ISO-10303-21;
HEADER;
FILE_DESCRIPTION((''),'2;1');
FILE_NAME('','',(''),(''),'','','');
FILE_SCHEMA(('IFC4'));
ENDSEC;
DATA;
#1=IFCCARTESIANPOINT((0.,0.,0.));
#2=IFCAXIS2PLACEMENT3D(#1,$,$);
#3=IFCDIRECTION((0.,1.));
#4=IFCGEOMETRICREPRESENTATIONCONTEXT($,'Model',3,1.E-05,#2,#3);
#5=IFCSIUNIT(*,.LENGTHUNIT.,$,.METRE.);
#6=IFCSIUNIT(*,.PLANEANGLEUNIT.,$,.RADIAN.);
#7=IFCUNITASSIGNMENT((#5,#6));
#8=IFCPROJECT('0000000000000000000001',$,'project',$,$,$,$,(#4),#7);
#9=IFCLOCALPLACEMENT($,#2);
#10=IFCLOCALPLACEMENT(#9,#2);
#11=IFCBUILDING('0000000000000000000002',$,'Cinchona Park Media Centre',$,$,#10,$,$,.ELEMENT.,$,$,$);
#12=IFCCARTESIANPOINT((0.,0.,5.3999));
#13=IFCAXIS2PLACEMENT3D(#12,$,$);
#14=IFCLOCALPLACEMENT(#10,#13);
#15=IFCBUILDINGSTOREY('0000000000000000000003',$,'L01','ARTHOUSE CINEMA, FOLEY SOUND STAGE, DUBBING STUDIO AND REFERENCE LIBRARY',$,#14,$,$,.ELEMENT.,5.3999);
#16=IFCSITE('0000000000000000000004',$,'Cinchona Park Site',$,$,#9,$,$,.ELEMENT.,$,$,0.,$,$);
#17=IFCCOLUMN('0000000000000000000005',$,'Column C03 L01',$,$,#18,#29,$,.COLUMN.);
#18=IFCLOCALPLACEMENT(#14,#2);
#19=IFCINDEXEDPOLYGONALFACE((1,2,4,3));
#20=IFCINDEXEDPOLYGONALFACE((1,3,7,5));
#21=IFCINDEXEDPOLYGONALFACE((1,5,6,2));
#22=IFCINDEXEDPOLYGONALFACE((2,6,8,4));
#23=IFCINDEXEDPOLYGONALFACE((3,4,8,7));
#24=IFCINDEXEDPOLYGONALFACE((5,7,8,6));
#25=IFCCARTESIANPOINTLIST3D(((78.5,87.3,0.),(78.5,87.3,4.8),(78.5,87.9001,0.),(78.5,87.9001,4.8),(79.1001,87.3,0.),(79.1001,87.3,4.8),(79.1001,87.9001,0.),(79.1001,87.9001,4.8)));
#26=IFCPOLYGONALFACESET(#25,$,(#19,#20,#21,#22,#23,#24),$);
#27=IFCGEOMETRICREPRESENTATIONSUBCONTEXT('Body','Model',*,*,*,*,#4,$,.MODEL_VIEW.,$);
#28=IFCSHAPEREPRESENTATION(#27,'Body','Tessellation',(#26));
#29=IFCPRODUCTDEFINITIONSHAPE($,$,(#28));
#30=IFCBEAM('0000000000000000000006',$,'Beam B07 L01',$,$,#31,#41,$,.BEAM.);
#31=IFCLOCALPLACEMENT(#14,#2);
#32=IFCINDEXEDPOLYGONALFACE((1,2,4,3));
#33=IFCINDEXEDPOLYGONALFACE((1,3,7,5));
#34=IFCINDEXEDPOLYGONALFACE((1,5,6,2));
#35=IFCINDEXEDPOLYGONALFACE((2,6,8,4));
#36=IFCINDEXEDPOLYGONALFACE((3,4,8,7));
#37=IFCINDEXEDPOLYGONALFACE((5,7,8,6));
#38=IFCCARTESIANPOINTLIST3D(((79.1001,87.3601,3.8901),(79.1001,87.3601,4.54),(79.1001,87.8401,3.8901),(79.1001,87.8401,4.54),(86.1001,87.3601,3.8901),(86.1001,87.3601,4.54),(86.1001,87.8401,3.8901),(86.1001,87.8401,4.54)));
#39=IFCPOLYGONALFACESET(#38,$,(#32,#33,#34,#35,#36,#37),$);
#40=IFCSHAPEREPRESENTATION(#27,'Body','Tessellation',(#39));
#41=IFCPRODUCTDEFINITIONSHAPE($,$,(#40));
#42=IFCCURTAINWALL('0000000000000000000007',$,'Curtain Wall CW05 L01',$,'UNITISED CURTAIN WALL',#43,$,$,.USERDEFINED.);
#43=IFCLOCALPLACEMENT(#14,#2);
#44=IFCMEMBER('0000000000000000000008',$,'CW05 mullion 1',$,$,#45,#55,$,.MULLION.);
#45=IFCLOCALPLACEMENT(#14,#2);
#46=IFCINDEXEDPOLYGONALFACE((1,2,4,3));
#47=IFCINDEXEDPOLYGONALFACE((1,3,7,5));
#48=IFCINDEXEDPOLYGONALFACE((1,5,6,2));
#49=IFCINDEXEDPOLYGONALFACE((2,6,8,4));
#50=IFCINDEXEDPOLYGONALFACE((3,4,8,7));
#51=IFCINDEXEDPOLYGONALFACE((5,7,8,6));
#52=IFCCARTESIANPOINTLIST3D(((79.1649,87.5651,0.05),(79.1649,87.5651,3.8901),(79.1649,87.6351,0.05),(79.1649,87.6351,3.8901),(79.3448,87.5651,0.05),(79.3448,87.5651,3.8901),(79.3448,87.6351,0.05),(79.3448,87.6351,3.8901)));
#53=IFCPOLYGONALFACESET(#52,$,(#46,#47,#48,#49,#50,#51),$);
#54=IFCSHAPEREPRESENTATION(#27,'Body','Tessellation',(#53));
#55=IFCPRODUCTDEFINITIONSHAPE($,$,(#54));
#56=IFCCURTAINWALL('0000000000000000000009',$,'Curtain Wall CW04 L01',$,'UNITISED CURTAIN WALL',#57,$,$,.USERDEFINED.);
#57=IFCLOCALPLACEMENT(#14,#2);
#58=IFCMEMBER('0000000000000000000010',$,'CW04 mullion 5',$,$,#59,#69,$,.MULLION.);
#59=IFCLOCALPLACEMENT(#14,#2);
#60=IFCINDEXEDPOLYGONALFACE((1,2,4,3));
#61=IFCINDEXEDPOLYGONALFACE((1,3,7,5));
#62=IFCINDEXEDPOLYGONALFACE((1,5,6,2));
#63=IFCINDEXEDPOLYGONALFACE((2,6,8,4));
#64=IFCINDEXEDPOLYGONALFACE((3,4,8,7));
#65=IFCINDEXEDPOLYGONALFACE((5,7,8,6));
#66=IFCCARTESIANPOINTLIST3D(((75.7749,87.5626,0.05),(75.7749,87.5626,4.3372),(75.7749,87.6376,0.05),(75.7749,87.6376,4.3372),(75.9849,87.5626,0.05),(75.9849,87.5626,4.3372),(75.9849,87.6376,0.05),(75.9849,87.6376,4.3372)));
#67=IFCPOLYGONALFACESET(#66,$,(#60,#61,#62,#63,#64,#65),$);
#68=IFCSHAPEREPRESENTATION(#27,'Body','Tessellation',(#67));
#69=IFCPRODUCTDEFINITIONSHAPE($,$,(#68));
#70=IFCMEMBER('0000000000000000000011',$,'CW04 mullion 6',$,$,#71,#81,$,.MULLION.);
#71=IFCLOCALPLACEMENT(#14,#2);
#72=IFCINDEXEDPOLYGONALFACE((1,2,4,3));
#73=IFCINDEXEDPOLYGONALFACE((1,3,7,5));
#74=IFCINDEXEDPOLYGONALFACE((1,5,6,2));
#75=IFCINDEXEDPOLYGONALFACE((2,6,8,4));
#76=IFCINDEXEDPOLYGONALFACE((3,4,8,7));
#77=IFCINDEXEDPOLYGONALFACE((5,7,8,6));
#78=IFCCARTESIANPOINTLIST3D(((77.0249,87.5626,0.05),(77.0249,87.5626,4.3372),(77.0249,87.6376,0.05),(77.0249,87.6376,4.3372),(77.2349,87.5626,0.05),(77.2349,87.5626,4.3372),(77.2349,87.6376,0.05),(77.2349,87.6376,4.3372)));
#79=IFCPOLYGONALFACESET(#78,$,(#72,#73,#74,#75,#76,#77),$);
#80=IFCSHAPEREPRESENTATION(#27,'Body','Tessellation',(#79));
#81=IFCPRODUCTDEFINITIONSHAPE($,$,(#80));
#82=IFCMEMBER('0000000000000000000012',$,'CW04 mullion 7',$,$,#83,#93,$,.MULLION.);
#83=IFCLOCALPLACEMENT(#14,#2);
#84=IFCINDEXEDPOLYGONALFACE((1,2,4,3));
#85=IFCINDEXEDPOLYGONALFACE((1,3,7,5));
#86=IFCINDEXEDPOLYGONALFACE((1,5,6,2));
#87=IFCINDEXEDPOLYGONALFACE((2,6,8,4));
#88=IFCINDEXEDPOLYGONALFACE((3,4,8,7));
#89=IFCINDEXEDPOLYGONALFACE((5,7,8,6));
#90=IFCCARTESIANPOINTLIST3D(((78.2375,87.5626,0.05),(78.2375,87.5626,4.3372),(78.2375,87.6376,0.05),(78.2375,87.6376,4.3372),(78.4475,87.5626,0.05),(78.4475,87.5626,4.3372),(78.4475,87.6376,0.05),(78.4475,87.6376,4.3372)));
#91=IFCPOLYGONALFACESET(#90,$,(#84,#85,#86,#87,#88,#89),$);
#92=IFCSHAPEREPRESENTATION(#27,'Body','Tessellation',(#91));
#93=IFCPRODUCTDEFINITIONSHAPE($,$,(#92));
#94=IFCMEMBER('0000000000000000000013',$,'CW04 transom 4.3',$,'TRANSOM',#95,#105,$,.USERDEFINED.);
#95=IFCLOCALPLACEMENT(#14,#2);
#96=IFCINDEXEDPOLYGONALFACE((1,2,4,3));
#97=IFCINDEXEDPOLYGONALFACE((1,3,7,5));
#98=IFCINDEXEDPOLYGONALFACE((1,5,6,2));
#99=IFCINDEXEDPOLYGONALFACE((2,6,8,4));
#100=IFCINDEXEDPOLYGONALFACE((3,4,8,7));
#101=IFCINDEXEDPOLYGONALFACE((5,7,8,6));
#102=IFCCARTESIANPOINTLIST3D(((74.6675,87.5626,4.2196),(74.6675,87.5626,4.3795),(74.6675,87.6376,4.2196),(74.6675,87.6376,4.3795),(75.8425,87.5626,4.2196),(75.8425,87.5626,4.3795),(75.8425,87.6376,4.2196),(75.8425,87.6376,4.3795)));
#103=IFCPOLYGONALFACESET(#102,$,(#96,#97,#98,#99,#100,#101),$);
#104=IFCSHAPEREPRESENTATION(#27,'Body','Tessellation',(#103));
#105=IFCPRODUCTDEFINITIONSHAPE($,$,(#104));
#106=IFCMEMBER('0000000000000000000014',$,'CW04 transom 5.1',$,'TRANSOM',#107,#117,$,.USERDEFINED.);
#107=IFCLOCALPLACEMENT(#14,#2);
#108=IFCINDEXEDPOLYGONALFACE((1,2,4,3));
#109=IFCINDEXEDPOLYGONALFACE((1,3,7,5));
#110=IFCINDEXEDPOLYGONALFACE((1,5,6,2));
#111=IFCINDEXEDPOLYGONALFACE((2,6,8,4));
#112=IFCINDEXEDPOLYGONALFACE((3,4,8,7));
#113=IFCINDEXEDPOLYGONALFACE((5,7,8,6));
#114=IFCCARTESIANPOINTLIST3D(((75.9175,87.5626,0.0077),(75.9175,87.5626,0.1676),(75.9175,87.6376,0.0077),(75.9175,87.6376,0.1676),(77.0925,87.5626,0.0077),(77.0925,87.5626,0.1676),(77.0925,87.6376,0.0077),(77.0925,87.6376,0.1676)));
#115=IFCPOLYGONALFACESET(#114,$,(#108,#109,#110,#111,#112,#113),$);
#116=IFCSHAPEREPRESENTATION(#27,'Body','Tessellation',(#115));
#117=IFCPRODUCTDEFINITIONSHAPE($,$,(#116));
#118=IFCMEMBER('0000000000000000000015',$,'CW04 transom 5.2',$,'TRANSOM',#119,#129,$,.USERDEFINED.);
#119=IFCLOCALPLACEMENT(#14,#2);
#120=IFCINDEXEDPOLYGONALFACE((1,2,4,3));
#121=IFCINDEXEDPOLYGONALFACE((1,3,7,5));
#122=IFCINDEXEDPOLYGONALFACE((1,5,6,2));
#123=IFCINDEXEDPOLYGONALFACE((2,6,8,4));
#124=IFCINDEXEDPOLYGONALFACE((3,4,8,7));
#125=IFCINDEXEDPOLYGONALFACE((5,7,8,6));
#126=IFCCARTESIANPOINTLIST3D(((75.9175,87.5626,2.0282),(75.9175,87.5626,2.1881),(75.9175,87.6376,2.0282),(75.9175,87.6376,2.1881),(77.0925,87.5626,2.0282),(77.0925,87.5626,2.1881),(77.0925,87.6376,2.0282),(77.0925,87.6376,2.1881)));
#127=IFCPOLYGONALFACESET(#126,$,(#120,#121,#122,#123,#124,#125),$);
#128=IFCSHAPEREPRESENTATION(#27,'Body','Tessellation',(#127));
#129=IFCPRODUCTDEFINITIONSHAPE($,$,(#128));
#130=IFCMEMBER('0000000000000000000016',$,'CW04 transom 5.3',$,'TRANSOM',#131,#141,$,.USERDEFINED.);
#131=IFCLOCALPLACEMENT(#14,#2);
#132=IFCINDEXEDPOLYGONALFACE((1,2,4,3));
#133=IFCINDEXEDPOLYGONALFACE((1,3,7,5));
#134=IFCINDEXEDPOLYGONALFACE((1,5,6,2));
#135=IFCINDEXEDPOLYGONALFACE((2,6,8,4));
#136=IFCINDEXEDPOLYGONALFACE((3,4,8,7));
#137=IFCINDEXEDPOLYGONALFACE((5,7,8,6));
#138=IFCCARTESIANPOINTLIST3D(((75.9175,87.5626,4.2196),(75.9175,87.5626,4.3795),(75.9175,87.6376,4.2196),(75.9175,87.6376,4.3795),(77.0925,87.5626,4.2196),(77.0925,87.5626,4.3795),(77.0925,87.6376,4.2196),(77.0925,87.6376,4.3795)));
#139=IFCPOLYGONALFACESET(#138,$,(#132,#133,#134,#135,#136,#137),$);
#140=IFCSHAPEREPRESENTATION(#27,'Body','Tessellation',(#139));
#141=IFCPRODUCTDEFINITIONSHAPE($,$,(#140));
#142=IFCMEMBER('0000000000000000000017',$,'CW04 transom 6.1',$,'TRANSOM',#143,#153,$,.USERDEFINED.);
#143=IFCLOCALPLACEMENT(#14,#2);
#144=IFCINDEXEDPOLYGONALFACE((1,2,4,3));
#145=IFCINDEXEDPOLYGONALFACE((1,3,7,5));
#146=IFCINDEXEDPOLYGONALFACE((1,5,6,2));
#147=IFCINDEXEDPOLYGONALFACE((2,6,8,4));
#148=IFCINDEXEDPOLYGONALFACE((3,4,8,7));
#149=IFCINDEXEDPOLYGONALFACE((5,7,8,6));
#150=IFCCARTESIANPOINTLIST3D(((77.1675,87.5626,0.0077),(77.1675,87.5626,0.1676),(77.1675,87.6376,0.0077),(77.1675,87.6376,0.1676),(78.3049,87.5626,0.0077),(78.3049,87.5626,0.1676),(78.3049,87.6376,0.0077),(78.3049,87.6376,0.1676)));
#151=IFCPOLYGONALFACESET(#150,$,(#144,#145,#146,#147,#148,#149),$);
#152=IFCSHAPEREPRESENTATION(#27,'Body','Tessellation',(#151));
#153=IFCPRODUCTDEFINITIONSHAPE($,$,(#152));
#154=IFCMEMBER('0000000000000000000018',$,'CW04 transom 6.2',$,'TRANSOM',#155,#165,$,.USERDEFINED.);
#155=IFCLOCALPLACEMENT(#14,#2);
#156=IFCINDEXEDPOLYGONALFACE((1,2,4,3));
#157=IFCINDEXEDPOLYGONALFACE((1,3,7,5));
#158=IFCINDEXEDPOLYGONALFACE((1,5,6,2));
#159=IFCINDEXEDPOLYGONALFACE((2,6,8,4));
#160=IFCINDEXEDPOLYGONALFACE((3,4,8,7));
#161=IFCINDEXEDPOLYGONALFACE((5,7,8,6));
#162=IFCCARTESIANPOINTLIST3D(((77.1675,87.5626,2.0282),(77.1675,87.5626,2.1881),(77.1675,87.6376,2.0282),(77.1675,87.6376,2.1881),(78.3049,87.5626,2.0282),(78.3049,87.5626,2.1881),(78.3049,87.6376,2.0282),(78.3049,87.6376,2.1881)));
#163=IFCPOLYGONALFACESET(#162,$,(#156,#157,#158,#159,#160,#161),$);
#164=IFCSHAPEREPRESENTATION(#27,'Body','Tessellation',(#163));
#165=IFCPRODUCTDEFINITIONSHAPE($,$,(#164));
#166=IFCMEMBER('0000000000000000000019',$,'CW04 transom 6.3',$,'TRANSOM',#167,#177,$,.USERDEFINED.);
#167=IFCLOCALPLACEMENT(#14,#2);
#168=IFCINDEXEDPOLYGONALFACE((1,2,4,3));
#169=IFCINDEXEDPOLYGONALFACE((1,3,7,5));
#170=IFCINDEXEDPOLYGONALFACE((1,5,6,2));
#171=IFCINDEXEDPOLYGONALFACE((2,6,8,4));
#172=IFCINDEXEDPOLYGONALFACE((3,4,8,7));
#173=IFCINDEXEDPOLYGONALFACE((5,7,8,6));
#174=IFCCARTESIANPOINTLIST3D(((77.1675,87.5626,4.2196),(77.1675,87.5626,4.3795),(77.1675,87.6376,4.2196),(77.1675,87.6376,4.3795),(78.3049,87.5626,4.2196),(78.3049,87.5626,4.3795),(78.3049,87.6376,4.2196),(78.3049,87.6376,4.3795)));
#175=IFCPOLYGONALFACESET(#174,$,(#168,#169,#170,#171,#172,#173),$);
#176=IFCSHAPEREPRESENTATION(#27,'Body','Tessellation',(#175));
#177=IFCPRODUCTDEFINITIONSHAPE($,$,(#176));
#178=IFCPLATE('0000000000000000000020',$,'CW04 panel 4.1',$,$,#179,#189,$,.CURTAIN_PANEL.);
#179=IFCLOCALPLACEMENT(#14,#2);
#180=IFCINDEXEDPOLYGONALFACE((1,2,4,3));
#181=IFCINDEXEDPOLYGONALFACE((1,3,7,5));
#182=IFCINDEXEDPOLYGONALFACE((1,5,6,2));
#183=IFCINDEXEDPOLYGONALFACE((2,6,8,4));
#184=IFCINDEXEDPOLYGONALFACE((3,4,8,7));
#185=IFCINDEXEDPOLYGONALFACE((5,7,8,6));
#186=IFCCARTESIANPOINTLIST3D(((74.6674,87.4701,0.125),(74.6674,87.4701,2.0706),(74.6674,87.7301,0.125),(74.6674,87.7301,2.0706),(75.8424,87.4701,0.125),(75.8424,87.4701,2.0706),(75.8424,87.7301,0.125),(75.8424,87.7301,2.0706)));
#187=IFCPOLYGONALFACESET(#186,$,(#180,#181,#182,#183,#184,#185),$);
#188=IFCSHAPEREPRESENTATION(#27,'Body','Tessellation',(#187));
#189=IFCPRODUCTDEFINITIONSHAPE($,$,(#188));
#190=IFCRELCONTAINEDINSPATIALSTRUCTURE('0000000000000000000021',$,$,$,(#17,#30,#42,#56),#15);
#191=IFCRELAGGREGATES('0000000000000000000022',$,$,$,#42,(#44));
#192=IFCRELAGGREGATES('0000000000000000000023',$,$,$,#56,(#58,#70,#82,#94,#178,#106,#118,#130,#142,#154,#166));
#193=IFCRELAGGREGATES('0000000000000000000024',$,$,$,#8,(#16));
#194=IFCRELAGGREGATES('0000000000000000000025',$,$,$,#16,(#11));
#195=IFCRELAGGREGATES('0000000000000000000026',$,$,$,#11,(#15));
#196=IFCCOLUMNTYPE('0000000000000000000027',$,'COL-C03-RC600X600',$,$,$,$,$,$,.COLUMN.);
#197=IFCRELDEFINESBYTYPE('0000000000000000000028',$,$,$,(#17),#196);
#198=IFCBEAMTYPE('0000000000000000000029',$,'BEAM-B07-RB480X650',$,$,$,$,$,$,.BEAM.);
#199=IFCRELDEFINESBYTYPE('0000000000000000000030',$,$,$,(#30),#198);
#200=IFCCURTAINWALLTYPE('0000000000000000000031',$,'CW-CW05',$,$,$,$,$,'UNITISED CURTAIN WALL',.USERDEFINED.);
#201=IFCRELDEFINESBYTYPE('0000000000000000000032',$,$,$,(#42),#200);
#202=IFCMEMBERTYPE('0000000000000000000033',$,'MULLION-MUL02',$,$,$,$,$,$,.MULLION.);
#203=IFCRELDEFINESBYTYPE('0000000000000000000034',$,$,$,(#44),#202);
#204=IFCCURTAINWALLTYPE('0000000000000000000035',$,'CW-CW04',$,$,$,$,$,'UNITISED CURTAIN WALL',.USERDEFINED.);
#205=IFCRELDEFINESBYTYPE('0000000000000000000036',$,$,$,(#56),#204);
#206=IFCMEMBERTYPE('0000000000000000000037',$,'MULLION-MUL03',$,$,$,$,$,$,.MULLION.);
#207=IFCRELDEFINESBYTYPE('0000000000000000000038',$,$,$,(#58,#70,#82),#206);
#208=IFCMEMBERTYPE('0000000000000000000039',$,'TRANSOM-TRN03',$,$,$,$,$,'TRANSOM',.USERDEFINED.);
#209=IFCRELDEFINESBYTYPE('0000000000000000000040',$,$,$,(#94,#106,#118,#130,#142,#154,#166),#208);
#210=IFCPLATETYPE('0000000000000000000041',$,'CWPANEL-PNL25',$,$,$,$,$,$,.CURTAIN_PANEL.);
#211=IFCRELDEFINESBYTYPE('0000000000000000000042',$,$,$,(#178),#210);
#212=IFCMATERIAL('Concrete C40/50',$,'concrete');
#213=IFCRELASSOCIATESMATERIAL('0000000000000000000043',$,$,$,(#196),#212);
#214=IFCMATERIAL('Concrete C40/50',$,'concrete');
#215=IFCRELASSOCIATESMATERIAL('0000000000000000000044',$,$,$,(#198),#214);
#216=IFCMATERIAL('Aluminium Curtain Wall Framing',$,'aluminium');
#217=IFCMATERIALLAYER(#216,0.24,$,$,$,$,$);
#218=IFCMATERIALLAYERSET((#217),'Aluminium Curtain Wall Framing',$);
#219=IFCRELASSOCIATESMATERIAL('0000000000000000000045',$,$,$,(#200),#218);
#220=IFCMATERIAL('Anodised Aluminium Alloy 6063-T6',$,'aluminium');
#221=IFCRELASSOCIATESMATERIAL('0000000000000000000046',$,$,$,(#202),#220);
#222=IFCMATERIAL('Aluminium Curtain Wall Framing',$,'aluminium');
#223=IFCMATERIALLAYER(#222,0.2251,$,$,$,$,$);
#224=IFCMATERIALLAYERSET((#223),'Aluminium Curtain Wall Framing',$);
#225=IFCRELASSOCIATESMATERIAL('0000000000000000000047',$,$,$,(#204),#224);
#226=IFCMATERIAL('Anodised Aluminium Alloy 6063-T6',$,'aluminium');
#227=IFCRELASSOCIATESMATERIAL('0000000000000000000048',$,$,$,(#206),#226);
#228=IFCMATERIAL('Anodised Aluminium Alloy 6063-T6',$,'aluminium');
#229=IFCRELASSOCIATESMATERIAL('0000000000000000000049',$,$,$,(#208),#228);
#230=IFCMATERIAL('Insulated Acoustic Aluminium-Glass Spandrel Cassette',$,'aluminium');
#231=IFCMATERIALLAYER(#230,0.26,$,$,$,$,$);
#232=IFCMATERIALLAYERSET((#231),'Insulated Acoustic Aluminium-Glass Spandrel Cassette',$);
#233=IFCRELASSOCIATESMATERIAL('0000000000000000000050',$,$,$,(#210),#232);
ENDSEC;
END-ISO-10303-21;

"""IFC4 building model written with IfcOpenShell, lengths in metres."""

from ifc_helpers import new_model, si_unit, direction, frame, origin, origin_2d, place, context, subcontext, project, spatial, rectangle, extrude, material, layer, layer_set, material_profile, profile_set, type_object, element, aggregate, save


model = new_model("IFC4")

# Units and contexts
model_context = context("Model", 3, precision=1e-05, world=origin(), true_north=direction((0.0, 1.0)))
body_context = subcontext(model_context, "Body", "Model", "MODEL_VIEW")
ifc_project = project(units=[si_unit("LENGTHUNIT", "METRE"), si_unit("PLANEANGLEUNIT", "RADIAN")], contexts=[model_context])

# Site, building, storey
site_placement = place(None, origin())
site = spatial("IfcSite", under=ifc_project, at=site_placement, Name="Cinchona Park Site", CompositionType="ELEMENT", RefElevation=0.0)
building_placement = place(site_placement, origin())
building = spatial("IfcBuilding", under=site, at=building_placement, Name="Cinchona Park Media Centre", CompositionType="ELEMENT")
storey_placement = place(building_placement, frame((0.0, 0.0, 5.3999)))
storey = spatial("IfcBuildingStorey", under=building, at=storey_placement, Name="L01", Description="ARTHOUSE CINEMA, FOLEY SOUND STAGE, DUBBING STUDIO AND REFERENCE LIBRARY", CompositionType="ELEMENT", Elevation=5.3999)

# Column
ifc_material_1 = material(Name="Concrete C40/50", Category="concrete")
ifc_material_profile_1 = material_profile(ifc_material_1, rectangle(XDim=0.6001, YDim=0.6001, at=origin_2d()), Name="RC 600X600")
ifc_profile_set_1 = profile_set([ifc_material_profile_1], Name="Concrete C40/50")
column_type = type_object("IfcColumnType", Name="COL-C03-RC600X600", PredefinedType="COLUMN", material=ifc_profile_set_1)
column_placement = place(storey_placement, frame((78.8, 87.6001, 0.0), z_axis=(0.0, 0.0, 1.0), x_axis=(1.0, 0.0, 0.0)))
element("IfcColumn", 1, at=column_placement, inside=storey, type_object=column_type, Name="Column C03 L01", PredefinedType="COLUMN", context=body_context, shape_type="SweptSolid", body=[
    extrude(rectangle(XDim=0.6001, YDim=0.6001, at=origin_2d()), origin(), (0.0, 0.0, 1.0), 4.8),
])

# Beam
ifc_material_2 = material(Name="Concrete C40/50", Category="concrete")
ifc_material_profile_2 = material_profile(ifc_material_2, rectangle(XDim=0.48, YDim=0.6499, at=origin_2d()), Name="RB 480X650")
ifc_profile_set_2 = profile_set([ifc_material_profile_2], Name="Concrete C40/50")
beam_type = type_object("IfcBeamType", Name="BEAM-B07-RB480X650", PredefinedType="BEAM", material=ifc_profile_set_2)
beam_placement = place(storey_placement, frame((79.1001, 87.6001, 4.2151), z_axis=(1.0, 0.0, 0.0), x_axis=(0.0, 1.0, 0.0)))
element("IfcBeam", 2, at=beam_placement, inside=storey, type_object=beam_type, Name="Beam B07 L01", PredefinedType="BEAM", context=body_context, shape_type="SweptSolid", body=[
    extrude(rectangle(XDim=0.48, YDim=0.6499, at=origin_2d()), origin(), (0.0, 0.0, 1.0), 7.0),
])

# Curtain wall, member
ifc_material_3 = material(Name="Aluminium Curtain Wall Framing", Category="aluminium")
ifc_layer_1 = layer(ifc_material_3, 0.24)
ifc_layer_set_1 = layer_set([ifc_layer_1], Name="Aluminium Curtain Wall Framing")
curtain_wall_type_1 = type_object("IfcCurtainWallType", Name="CW-CW05", ElementType="UNITISED CURTAIN WALL", PredefinedType="USERDEFINED", material=ifc_layer_set_1)
curtain_wall_1_placement = place(storey_placement, origin())
curtain_wall_1 = element("IfcCurtainWall", 3, at=curtain_wall_1_placement, inside=storey, type_object=curtain_wall_type_1, Name="Curtain Wall CW05 L01", ObjectType="UNITISED CURTAIN WALL", PredefinedType="USERDEFINED")
ifc_material_4 = material(Name="Anodised Aluminium Alloy 6063-T6", Category="aluminium")
ifc_material_profile_3 = material_profile(ifc_material_4, rectangle(XDim=0.0701, YDim=0.1799, at=origin_2d()), Name="MUL-70X180")
ifc_profile_set_3 = profile_set([ifc_material_profile_3], Name="Anodised Aluminium Alloy 6063-T6")
member_type_1 = type_object("IfcMemberType", Name="MULLION-MUL02", PredefinedType="MULLION", material=ifc_profile_set_3)
member_1_placement = place(storey_placement, frame((79.2549, 87.6001, 0.05), z_axis=(0.0, 0.0, 1.0), x_axis=(0.0, 1.0, 0.0)))
member_1 = element("IfcMember", 4, at=member_1_placement, type_object=member_type_1, Name="CW05 mullion 1", PredefinedType="MULLION", context=body_context, shape_type="SweptSolid", body=[
    extrude(rectangle(XDim=0.0701, YDim=0.1799, at=origin_2d()), origin(), (0.0, 0.0, 1.0), 3.8401),
])
aggregate(curtain_wall_1, [member_1])

# Curtain wall, members, plate
ifc_material_5 = material(Name="Aluminium Curtain Wall Framing", Category="aluminium")
ifc_layer_2 = layer(ifc_material_5, 0.2251)
ifc_layer_set_2 = layer_set([ifc_layer_2], Name="Aluminium Curtain Wall Framing")
curtain_wall_type_2 = type_object("IfcCurtainWallType", Name="CW-CW04", ElementType="UNITISED CURTAIN WALL", PredefinedType="USERDEFINED", material=ifc_layer_set_2)
curtain_wall_2_placement = place(storey_placement, origin())
curtain_wall_2 = element("IfcCurtainWall", 5, at=curtain_wall_2_placement, inside=storey, type_object=curtain_wall_type_2, Name="Curtain Wall CW04 L01", ObjectType="UNITISED CURTAIN WALL", PredefinedType="USERDEFINED")
ifc_material_6 = material(Name="Anodised Aluminium Alloy 6063-T6", Category="aluminium")
ifc_material_profile_4 = material_profile(ifc_material_6, rectangle(XDim=0.075, YDim=0.21, at=origin_2d()), Name="MUL-75X210")
ifc_profile_set_4 = profile_set([ifc_material_profile_4], Name="Anodised Aluminium Alloy 6063-T6")
member_type_2 = type_object("IfcMemberType", Name="MULLION-MUL03", PredefinedType="MULLION", material=ifc_profile_set_4)
member_2_placement = place(storey_placement, frame((75.8799, 87.6001, 0.05), z_axis=(0.0, 0.0, 1.0), x_axis=(0.0, 1.0, 0.0)))
member_2 = element("IfcMember", 6, at=member_2_placement, type_object=member_type_2, Name="CW04 mullion 5", PredefinedType="MULLION", context=body_context, shape_type="SweptSolid", body=[
    extrude(rectangle(XDim=0.075, YDim=0.21, at=origin_2d()), origin(), (0.0, 0.0, 1.0), 4.2871),
])
member_3_placement = place(storey_placement, frame((77.1299, 87.6001, 0.05), z_axis=(0.0, 0.0, 1.0), x_axis=(0.0, 1.0, 0.0)))
member_3 = element("IfcMember", 7, at=member_3_placement, type_object=member_type_2, Name="CW04 mullion 6", PredefinedType="MULLION", context=body_context, shape_type="SweptSolid", body=[
    extrude(rectangle(XDim=0.075, YDim=0.21, at=origin_2d()), origin(), (0.0, 0.0, 1.0), 4.2871),
])
member_4_placement = place(storey_placement, frame((78.3425, 87.6001, 0.05), z_axis=(0.0, 0.0, 1.0), x_axis=(0.0, 1.0, 0.0)))
member_4 = element("IfcMember", 8, at=member_4_placement, type_object=member_type_2, Name="CW04 mullion 7", PredefinedType="MULLION", context=body_context, shape_type="SweptSolid", body=[
    extrude(rectangle(XDim=0.075, YDim=0.21, at=origin_2d()), origin(), (0.0, 0.0, 1.0), 4.2871),
])
ifc_material_7 = material(Name="Anodised Aluminium Alloy 6063-T6", Category="aluminium")
ifc_material_profile_5 = material_profile(ifc_material_7, rectangle(XDim=0.075, YDim=0.1599, at=origin_2d()), Name="TRN-75X160")
ifc_profile_set_5 = profile_set([ifc_material_profile_5], Name="Anodised Aluminium Alloy 6063-T6")
member_type_3 = type_object("IfcMemberType", Name="TRANSOM-TRN03", ElementType="TRANSOM", PredefinedType="USERDEFINED", material=ifc_profile_set_5)
member_5_placement = place(storey_placement, frame((74.6675, 87.6001, 4.2996), z_axis=(1.0, 0.0, 0.0), x_axis=(0.0, 1.0, 0.0)))
member_5 = element("IfcMember", 9, at=member_5_placement, type_object=member_type_3, Name="CW04 transom 4.3", ObjectType="TRANSOM", PredefinedType="USERDEFINED", context=body_context, shape_type="SweptSolid", body=[
    extrude(rectangle(XDim=0.075, YDim=0.1599, at=origin_2d()), origin(), (0.0, 0.0, 1.0), 1.175),
])
member_6_placement = place(storey_placement, frame((75.9175, 87.6001, 0.0876), z_axis=(1.0, 0.0, 0.0), x_axis=(0.0, 1.0, 0.0)))
member_6 = element("IfcMember", 10, at=member_6_placement, type_object=member_type_3, Name="CW04 transom 5.1", ObjectType="TRANSOM", PredefinedType="USERDEFINED", context=body_context, shape_type="SweptSolid", body=[
    extrude(rectangle(XDim=0.075, YDim=0.1599, at=origin_2d()), origin(), (0.0, 0.0, 1.0), 1.175),
])
member_7_placement = place(storey_placement, frame((75.9175, 87.6001, 2.1082), z_axis=(1.0, 0.0, 0.0), x_axis=(0.0, 1.0, 0.0)))
member_7 = element("IfcMember", 11, at=member_7_placement, type_object=member_type_3, Name="CW04 transom 5.2", ObjectType="TRANSOM", PredefinedType="USERDEFINED", context=body_context, shape_type="SweptSolid", body=[
    extrude(rectangle(XDim=0.075, YDim=0.1599, at=origin_2d()), origin(), (0.0, 0.0, 1.0), 1.175),
])
member_8_placement = place(storey_placement, frame((75.9175, 87.6001, 4.2996), z_axis=(1.0, 0.0, 0.0), x_axis=(0.0, 1.0, 0.0)))
member_8 = element("IfcMember", 12, at=member_8_placement, type_object=member_type_3, Name="CW04 transom 5.3", ObjectType="TRANSOM", PredefinedType="USERDEFINED", context=body_context, shape_type="SweptSolid", body=[
    extrude(rectangle(XDim=0.075, YDim=0.1599, at=origin_2d()), origin(), (0.0, 0.0, 1.0), 1.175),
])
member_9_placement = place(storey_placement, frame((77.1675, 87.6001, 0.0876), z_axis=(1.0, 0.0, 0.0), x_axis=(0.0, 1.0, 0.0)))
member_9 = element("IfcMember", 13, at=member_9_placement, type_object=member_type_3, Name="CW04 transom 6.1", ObjectType="TRANSOM", PredefinedType="USERDEFINED", context=body_context, shape_type="SweptSolid", body=[
    extrude(rectangle(XDim=0.075, YDim=0.1599, at=origin_2d()), origin(), (0.0, 0.0, 1.0), 1.1375),
])
member_10_placement = place(storey_placement, frame((77.1675, 87.6001, 2.1082), z_axis=(1.0, 0.0, 0.0), x_axis=(0.0, 1.0, 0.0)))
member_10 = element("IfcMember", 14, at=member_10_placement, type_object=member_type_3, Name="CW04 transom 6.2", ObjectType="TRANSOM", PredefinedType="USERDEFINED", context=body_context, shape_type="SweptSolid", body=[
    extrude(rectangle(XDim=0.075, YDim=0.1599, at=origin_2d()), origin(), (0.0, 0.0, 1.0), 1.1375),
])
member_11_placement = place(storey_placement, frame((77.1675, 87.6001, 4.2996), z_axis=(1.0, 0.0, 0.0), x_axis=(0.0, 1.0, 0.0)))
member_11 = element("IfcMember", 15, at=member_11_placement, type_object=member_type_3, Name="CW04 transom 6.3", ObjectType="TRANSOM", PredefinedType="USERDEFINED", context=body_context, shape_type="SweptSolid", body=[
    extrude(rectangle(XDim=0.075, YDim=0.1599, at=origin_2d()), origin(), (0.0, 0.0, 1.0), 1.1375),
])
ifc_material_8 = material(Name="Insulated Acoustic Aluminium-Glass Spandrel Cassette", Category="aluminium")
ifc_layer_3 = layer(ifc_material_8, 0.26)
ifc_layer_set_3 = layer_set([ifc_layer_3], Name="Insulated Acoustic Aluminium-Glass Spandrel Cassette")
plate_type = type_object("IfcPlateType", Name="CWPANEL-PNL25", PredefinedType="CURTAIN_PANEL", material=ifc_layer_set_3)
plate_1_placement = place(storey_placement, frame((75.2549, 87.6001, 0.125), z_axis=(0.0, 0.0, 1.0), x_axis=(1.0, 0.0, 0.0)))
plate_1 = element("IfcPlate", 16, at=plate_1_placement, type_object=plate_type, Name="CW04 panel 4.1", PredefinedType="CURTAIN_PANEL", context=body_context, shape_type="SweptSolid", body=[
    extrude(rectangle(XDim=1.175, YDim=0.26, at=origin_2d()), origin(), (0.0, 0.0, 1.0), 1.9456),
])
aggregate(curtain_wall_2, [member_2, member_3, member_4, member_5, plate_1, member_6, member_7, member_8, member_9, member_10, member_11])

save(model, "model.ifc")
